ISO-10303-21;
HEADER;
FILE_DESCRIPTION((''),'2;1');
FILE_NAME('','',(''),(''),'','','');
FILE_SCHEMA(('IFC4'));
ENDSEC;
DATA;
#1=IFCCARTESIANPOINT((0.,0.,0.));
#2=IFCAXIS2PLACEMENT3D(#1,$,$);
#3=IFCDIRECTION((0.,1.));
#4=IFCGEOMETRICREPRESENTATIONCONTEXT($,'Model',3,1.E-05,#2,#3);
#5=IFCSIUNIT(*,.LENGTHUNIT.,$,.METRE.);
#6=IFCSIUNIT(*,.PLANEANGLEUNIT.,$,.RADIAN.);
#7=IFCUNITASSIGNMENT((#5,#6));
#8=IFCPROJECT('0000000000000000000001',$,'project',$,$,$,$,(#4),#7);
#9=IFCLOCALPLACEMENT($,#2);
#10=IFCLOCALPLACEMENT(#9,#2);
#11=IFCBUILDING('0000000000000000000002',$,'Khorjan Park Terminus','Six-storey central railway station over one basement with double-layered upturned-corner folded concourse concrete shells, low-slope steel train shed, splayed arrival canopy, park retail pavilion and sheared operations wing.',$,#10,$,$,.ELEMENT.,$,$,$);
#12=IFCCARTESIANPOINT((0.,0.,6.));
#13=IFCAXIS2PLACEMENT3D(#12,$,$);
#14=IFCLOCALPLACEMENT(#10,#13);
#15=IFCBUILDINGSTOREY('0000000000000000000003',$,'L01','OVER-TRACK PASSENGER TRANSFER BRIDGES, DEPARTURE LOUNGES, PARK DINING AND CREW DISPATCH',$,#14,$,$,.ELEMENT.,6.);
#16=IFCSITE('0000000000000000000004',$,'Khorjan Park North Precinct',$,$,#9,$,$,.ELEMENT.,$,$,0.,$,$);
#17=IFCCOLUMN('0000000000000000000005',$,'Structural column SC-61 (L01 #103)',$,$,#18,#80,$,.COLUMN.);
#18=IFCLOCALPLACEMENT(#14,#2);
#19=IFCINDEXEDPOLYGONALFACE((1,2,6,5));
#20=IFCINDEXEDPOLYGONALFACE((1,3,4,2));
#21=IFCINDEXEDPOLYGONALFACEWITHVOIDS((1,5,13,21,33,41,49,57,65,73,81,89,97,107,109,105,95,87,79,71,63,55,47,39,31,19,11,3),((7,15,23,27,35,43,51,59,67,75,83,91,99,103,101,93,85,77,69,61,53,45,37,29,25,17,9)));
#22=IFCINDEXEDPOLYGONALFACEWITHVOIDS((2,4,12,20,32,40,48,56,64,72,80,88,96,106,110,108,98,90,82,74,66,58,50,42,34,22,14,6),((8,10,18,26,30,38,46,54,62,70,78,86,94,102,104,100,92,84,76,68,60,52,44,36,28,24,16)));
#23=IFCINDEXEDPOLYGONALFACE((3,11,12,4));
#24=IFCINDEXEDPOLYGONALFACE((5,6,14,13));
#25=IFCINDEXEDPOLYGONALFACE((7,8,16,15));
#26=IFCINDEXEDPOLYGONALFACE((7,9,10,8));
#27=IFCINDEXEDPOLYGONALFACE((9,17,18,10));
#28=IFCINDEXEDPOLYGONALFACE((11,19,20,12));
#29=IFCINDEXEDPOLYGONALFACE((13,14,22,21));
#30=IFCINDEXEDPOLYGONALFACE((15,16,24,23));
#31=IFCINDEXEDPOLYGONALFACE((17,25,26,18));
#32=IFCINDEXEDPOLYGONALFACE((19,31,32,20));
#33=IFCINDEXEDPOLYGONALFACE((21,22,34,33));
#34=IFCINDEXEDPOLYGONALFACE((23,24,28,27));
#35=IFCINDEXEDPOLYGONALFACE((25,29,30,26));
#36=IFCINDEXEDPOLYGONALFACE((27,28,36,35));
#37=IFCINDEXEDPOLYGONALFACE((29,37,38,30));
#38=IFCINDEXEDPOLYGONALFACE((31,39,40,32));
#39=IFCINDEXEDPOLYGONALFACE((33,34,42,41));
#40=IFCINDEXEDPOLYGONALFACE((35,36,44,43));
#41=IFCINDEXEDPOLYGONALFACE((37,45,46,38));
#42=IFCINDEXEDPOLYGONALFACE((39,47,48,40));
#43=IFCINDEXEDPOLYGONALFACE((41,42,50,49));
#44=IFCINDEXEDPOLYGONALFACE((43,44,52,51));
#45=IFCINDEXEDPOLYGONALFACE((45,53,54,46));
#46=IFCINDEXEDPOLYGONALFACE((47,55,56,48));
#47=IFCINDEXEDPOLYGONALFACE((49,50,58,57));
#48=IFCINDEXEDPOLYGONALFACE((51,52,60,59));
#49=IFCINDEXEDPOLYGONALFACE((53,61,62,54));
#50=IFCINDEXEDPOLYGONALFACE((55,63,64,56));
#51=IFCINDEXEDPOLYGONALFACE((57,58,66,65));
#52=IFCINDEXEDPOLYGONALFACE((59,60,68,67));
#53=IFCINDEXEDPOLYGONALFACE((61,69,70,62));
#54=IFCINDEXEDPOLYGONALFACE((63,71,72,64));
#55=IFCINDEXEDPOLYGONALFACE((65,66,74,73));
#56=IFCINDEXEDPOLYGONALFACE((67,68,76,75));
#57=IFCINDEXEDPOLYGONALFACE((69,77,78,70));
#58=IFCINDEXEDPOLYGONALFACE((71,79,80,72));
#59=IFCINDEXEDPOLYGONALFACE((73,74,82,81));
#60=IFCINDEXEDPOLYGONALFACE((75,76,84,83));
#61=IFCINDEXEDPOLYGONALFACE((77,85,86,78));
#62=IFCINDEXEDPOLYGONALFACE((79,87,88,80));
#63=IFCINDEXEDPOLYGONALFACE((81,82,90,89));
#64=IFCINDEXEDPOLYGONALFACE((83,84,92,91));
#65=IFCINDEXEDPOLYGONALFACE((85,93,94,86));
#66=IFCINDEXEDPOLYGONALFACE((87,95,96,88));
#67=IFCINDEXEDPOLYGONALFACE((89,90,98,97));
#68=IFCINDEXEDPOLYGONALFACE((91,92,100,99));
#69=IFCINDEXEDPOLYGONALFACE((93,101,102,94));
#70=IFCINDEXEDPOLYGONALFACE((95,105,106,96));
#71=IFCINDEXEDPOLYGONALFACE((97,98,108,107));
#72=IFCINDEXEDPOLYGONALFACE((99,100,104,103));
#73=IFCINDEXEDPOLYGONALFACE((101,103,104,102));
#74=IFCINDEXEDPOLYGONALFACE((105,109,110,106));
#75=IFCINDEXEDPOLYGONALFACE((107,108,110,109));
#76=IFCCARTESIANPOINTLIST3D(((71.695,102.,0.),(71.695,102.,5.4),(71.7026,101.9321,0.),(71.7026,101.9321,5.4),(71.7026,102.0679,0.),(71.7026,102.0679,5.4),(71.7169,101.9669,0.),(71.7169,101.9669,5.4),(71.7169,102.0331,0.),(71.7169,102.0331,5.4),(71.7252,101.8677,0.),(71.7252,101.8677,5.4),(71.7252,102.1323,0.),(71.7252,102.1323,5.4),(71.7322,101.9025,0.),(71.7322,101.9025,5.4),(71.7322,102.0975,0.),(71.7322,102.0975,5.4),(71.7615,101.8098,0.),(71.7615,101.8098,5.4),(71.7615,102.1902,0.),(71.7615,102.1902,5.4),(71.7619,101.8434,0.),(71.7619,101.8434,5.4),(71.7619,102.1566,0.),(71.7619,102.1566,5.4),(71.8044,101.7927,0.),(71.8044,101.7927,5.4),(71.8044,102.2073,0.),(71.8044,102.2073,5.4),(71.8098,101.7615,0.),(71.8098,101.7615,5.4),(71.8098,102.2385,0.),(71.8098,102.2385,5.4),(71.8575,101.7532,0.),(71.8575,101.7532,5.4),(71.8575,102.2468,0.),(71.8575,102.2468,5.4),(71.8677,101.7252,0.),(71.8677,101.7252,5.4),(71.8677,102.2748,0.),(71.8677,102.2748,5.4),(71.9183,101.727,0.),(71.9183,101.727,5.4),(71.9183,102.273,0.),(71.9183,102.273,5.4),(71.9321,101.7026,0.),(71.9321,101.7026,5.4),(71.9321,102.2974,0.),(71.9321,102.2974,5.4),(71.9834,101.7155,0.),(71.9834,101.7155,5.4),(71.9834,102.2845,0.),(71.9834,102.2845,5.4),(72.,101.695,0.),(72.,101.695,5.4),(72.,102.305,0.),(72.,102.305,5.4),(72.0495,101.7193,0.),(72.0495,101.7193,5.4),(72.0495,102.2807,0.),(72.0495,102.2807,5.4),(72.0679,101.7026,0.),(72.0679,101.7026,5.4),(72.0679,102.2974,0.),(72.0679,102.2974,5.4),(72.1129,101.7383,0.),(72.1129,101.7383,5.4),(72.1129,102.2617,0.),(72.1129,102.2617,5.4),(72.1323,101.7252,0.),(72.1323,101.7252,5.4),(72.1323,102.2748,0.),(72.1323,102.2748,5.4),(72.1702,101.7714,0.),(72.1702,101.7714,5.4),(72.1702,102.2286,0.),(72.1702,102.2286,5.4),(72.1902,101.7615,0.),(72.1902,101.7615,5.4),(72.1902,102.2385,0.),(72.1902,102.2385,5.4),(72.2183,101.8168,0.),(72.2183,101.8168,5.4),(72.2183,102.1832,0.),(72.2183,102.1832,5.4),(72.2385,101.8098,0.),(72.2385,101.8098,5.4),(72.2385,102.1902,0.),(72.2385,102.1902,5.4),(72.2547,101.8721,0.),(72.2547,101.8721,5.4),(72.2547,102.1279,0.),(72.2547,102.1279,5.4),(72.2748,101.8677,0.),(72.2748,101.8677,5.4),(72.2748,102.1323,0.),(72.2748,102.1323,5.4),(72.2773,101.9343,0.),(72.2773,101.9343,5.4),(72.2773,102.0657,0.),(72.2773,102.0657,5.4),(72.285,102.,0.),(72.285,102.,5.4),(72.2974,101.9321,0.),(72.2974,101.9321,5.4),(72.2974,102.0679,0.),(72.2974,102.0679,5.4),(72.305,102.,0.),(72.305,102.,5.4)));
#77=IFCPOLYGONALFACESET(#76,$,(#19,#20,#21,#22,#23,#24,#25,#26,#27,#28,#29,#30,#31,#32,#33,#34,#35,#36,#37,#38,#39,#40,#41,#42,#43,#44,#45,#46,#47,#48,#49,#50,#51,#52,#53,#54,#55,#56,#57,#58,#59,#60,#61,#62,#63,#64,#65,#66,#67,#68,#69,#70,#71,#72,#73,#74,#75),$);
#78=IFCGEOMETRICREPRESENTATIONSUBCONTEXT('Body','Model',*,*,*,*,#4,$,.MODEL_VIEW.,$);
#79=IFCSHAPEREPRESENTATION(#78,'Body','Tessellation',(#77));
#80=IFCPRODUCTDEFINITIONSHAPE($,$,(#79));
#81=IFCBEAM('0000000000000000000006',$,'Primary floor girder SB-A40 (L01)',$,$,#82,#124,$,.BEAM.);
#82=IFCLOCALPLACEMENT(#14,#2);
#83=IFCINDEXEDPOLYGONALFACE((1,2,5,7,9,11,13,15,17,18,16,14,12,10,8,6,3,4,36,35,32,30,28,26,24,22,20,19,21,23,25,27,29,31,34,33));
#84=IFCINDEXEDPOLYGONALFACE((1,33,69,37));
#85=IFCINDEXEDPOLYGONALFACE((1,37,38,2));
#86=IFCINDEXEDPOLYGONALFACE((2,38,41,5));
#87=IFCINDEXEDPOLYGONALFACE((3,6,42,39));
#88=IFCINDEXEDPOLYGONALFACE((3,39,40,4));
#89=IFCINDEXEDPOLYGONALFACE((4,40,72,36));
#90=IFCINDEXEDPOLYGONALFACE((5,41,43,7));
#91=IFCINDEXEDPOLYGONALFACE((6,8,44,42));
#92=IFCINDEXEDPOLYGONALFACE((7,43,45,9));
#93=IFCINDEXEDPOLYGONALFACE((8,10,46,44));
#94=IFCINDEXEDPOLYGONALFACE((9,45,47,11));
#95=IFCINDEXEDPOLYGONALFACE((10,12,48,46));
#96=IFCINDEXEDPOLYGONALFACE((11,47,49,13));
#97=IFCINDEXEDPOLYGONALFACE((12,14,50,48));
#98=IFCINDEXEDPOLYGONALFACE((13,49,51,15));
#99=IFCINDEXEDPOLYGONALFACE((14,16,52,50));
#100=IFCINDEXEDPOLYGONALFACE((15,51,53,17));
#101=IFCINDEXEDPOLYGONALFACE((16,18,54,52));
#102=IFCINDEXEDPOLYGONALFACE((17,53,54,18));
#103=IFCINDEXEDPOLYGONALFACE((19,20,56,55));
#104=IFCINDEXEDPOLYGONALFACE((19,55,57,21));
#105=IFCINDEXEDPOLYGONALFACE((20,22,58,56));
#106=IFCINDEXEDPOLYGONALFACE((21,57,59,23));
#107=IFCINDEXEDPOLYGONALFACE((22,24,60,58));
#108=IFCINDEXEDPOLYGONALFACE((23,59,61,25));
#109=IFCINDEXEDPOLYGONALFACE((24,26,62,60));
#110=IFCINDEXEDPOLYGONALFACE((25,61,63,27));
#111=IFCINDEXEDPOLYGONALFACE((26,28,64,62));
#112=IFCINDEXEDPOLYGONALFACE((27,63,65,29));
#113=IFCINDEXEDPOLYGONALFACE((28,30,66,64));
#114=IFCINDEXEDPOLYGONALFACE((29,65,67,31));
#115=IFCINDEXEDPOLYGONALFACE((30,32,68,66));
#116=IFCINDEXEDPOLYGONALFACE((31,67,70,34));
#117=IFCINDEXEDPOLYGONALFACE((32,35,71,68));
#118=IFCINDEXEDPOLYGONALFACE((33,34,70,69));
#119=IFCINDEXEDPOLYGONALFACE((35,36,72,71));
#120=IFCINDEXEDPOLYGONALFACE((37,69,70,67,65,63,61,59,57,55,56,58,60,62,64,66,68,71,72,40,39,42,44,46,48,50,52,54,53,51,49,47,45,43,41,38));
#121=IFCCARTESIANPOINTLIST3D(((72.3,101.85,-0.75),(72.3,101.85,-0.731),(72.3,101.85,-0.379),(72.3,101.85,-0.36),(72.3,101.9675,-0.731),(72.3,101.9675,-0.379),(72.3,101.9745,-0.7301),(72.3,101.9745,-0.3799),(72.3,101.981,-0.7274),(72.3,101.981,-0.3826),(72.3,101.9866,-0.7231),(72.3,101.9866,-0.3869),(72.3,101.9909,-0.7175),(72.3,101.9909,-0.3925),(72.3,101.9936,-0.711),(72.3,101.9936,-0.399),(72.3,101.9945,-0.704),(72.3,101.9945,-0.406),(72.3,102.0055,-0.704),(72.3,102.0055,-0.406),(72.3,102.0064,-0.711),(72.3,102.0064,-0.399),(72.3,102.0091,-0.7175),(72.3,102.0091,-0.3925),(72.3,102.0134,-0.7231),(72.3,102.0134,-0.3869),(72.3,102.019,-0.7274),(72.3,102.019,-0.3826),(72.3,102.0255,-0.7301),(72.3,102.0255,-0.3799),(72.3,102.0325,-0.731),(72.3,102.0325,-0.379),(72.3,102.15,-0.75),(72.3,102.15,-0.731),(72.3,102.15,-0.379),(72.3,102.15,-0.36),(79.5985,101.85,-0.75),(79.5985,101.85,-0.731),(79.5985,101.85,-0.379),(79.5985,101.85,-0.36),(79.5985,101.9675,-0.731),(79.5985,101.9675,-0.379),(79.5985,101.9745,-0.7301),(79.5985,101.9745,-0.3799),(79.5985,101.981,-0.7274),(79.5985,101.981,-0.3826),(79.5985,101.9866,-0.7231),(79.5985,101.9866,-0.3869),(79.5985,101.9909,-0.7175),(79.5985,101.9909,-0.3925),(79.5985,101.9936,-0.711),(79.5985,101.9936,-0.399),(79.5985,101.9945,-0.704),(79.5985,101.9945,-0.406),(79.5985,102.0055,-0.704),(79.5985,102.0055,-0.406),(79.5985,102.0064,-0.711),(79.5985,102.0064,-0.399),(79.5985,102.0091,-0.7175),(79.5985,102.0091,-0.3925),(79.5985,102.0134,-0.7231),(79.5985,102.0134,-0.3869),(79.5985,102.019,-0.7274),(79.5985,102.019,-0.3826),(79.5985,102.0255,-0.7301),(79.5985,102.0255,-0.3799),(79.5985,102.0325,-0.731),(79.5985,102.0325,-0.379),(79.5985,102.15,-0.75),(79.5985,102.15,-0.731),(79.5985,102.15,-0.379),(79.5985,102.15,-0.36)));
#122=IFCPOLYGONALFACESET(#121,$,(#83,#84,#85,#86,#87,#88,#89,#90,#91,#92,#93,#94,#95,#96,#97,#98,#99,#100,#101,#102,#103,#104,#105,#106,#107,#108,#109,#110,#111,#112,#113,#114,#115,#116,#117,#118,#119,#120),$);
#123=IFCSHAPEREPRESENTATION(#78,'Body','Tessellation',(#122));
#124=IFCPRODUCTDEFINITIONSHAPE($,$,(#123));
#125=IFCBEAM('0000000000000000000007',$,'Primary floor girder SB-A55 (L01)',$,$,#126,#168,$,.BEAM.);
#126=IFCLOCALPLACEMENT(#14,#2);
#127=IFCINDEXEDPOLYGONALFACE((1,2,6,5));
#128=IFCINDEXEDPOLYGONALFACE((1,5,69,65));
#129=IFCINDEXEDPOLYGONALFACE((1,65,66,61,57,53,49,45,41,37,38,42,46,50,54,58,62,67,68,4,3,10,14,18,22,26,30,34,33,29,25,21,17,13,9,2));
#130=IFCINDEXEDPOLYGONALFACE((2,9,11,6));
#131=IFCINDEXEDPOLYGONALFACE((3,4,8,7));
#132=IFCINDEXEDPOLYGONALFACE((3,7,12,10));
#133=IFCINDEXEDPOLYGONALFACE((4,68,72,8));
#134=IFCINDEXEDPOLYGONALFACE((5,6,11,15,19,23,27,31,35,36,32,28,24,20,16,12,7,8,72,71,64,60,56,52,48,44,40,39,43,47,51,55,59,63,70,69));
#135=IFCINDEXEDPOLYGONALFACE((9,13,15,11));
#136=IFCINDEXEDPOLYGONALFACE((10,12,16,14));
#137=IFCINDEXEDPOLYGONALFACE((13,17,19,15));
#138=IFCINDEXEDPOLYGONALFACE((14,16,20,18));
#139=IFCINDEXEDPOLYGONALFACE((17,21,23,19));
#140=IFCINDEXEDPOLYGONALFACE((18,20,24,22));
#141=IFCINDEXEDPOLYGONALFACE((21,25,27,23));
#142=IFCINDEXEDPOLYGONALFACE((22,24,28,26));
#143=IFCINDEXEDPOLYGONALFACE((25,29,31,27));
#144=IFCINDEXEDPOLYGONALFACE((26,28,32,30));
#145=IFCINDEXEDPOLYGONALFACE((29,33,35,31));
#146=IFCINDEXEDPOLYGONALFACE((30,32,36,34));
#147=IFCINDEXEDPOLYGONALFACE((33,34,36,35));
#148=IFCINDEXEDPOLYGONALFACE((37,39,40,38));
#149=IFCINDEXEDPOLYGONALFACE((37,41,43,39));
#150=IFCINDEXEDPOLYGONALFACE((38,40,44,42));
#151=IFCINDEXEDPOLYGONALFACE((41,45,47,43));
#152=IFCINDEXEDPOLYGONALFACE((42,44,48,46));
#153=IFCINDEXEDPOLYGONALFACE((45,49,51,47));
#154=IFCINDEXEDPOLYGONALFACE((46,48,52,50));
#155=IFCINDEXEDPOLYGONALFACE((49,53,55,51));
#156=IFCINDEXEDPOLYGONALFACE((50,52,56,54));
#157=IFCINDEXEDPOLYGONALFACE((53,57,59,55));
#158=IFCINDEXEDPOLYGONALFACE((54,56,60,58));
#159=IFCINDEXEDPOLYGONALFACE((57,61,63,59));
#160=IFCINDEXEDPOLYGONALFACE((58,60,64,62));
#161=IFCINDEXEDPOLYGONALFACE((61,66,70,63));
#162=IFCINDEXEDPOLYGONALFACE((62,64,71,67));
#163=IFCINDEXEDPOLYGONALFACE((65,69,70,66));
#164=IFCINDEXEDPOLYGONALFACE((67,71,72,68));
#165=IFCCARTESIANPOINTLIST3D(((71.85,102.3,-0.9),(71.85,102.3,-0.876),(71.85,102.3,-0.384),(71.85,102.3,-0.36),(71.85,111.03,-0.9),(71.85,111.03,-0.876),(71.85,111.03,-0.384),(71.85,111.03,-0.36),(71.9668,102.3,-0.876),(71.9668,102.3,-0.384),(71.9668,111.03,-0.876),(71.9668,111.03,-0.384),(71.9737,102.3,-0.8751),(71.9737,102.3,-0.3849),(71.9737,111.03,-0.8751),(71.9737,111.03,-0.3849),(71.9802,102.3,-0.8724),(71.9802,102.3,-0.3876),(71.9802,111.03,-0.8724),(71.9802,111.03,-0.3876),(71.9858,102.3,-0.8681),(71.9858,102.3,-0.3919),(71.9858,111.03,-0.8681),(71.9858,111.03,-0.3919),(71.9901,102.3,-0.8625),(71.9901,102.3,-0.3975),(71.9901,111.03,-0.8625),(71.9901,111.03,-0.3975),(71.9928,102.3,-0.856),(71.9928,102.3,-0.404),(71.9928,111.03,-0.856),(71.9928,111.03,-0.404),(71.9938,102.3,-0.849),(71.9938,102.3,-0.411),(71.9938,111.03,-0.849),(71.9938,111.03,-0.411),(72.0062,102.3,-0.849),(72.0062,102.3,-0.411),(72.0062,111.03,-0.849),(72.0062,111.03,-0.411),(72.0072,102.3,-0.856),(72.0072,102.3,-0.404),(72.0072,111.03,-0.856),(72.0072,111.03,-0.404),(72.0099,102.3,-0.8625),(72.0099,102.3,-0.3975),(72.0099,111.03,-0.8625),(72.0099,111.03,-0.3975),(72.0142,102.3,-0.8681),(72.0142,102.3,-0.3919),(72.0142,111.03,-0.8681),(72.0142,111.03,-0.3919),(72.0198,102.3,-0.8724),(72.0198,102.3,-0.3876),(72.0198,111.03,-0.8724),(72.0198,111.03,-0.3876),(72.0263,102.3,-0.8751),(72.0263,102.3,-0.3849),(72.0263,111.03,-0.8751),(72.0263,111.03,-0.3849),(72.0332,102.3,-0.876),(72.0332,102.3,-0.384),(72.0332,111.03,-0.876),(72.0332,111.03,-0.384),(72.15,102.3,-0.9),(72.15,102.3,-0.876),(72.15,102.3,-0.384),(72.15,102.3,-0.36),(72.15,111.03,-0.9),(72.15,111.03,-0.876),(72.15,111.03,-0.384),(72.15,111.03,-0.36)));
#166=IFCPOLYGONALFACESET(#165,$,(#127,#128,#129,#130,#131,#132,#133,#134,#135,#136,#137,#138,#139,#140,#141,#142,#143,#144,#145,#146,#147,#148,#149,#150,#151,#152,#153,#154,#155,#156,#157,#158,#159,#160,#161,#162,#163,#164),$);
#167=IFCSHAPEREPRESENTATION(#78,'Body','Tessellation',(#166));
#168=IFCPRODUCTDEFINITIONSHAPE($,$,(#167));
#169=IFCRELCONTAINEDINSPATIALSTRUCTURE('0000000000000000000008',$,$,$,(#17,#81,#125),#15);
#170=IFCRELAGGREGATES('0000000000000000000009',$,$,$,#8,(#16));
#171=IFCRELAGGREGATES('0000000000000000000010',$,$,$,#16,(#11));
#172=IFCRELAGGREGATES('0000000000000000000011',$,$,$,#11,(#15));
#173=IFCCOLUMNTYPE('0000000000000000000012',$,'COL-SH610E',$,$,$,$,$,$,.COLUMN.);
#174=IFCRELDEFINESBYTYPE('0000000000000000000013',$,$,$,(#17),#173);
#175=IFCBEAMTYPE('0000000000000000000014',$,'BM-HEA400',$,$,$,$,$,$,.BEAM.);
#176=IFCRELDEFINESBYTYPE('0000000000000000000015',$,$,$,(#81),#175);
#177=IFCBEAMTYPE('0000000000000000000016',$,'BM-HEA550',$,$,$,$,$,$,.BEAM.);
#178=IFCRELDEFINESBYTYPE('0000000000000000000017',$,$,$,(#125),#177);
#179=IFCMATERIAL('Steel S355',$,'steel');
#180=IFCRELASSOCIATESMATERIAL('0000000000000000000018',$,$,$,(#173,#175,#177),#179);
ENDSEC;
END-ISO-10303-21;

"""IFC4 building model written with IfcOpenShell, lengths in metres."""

from ifc_helpers import new_model, si_unit, direction, frame, origin, origin_2d, place, context, subcontext, project, spatial, hollow_circle, i_section, extrude, material, material_profile, profile_set, type_object, element, save


model = new_model("IFC4")

# Units and contexts
model_context = context("Model", 3, precision=1e-05, world=origin(), true_north=direction((0.0, 1.0)))
body_context = subcontext(model_context, "Body", "Model", "MODEL_VIEW")
ifc_project = project(units=[si_unit("LENGTHUNIT", "METRE"), si_unit("PLANEANGLEUNIT", "RADIAN")], contexts=[model_context])

# Site, building, storey
site_placement = place(None, origin())
site = spatial("IfcSite", under=ifc_project, at=site_placement, Name="Khorjan Park North Precinct", CompositionType="ELEMENT", RefElevation=0.0)
building_placement = place(site_placement, origin())
building = spatial("IfcBuilding", under=site, at=building_placement, Name="Khorjan Park Terminus", Description="Six-storey central railway station over one basement with double-layered upturned-corner folded concourse concrete shells, low-slope steel train shed, splayed arrival canopy, park retail pavilion and sheared operations wing.", CompositionType="ELEMENT")
storey_placement = place(building_placement, frame((0.0, 0.0, 6.0)))
storey = spatial("IfcBuildingStorey", under=building, at=storey_placement, Name="L01", Description="OVER-TRACK PASSENGER TRANSFER BRIDGES, DEPARTURE LOUNGES, PARK DINING AND CREW DISPATCH", CompositionType="ELEMENT", Elevation=6.0)

# Column
ifc_material_1 = material(Name="Steel S355", Category="steel")
ifc_material_profile_1 = material_profile(ifc_material_1, hollow_circle(Radius=0.305, WallThickness=0.02, at=origin_2d()), Name="CHS 610x20")
ifc_profile_set_1 = profile_set([ifc_material_profile_1], Name="Steel S355")
column_type = type_object("IfcColumnType", Name="COL-SH610E", PredefinedType="COLUMN", material=ifc_profile_set_1)
column_placement = place(storey_placement, frame((72.0, 102.0, 0.0), z_axis=(0.0, 0.0, 1.0), x_axis=(1.0, 0.0, 0.0)))
element("IfcColumn", 1, at=column_placement, inside=storey, type_object=column_type, Name="Structural column SC-61 (L01 #103)", PredefinedType="COLUMN", context=body_context, shape_type="SweptSolid", body=[
    extrude(hollow_circle(Radius=0.305, WallThickness=0.02, at=origin_2d()), origin(), (0.0, 0.0, 1.0), 5.4),
])

# Beams
ifc_material_profile_2 = material_profile(ifc_material_1, i_section(OverallWidth=0.3, OverallDepth=0.39, WebThickness=0.011, FlangeThickness=0.019, FilletRadius=0.027, at=origin_2d()), Name="HEA 400")
ifc_profile_set_2 = profile_set([ifc_material_profile_2], Name="Steel S355")
beam_type_1 = type_object("IfcBeamType", Name="BM-HEA400", PredefinedType="BEAM", material=ifc_profile_set_2)
beam_1_placement = place(storey_placement, frame((72.3, 102.0, -0.555), z_axis=(1.0, 0.0, 0.0), x_axis=(0.0, 1.0, 0.0)))
element("IfcBeam", 2, at=beam_1_placement, inside=storey, type_object=beam_type_1, Name="Primary floor girder SB-A40 (L01)", PredefinedType="BEAM", context=body_context, shape_type="SweptSolid", body=[
    extrude(i_section(OverallWidth=0.3, OverallDepth=0.39, WebThickness=0.011, FlangeThickness=0.019, FilletRadius=0.027, at=origin_2d()), origin(), (0.0, 0.0, 1.0), 7.2985),
])
ifc_material_profile_3 = material_profile(ifc_material_1, i_section(OverallWidth=0.3, OverallDepth=0.54, WebThickness=0.0125, FlangeThickness=0.024, FilletRadius=0.027, at=origin_2d()), Name="HEA 550")
ifc_profile_set_3 = profile_set([ifc_material_profile_3], Name="Steel S355")
beam_type_2 = type_object("IfcBeamType", Name="BM-HEA550", PredefinedType="BEAM", material=ifc_profile_set_3)
beam_2_placement = place(storey_placement, frame((72.0, 102.3, -0.63), z_axis=(0.0, 1.0, 0.0), x_axis=(-1.0, 0.0, 0.0)))
element("IfcBeam", 3, at=beam_2_placement, inside=storey, type_object=beam_type_2, Name="Primary floor girder SB-A55 (L01)", PredefinedType="BEAM", context=body_context, shape_type="SweptSolid", body=[
    extrude(i_section(OverallWidth=0.3, OverallDepth=0.54, WebThickness=0.0125, FlangeThickness=0.024, FilletRadius=0.027, at=origin_2d()), origin(), (0.0, 0.0, 1.0), 8.73),
])

save(model, "model.ifc")
